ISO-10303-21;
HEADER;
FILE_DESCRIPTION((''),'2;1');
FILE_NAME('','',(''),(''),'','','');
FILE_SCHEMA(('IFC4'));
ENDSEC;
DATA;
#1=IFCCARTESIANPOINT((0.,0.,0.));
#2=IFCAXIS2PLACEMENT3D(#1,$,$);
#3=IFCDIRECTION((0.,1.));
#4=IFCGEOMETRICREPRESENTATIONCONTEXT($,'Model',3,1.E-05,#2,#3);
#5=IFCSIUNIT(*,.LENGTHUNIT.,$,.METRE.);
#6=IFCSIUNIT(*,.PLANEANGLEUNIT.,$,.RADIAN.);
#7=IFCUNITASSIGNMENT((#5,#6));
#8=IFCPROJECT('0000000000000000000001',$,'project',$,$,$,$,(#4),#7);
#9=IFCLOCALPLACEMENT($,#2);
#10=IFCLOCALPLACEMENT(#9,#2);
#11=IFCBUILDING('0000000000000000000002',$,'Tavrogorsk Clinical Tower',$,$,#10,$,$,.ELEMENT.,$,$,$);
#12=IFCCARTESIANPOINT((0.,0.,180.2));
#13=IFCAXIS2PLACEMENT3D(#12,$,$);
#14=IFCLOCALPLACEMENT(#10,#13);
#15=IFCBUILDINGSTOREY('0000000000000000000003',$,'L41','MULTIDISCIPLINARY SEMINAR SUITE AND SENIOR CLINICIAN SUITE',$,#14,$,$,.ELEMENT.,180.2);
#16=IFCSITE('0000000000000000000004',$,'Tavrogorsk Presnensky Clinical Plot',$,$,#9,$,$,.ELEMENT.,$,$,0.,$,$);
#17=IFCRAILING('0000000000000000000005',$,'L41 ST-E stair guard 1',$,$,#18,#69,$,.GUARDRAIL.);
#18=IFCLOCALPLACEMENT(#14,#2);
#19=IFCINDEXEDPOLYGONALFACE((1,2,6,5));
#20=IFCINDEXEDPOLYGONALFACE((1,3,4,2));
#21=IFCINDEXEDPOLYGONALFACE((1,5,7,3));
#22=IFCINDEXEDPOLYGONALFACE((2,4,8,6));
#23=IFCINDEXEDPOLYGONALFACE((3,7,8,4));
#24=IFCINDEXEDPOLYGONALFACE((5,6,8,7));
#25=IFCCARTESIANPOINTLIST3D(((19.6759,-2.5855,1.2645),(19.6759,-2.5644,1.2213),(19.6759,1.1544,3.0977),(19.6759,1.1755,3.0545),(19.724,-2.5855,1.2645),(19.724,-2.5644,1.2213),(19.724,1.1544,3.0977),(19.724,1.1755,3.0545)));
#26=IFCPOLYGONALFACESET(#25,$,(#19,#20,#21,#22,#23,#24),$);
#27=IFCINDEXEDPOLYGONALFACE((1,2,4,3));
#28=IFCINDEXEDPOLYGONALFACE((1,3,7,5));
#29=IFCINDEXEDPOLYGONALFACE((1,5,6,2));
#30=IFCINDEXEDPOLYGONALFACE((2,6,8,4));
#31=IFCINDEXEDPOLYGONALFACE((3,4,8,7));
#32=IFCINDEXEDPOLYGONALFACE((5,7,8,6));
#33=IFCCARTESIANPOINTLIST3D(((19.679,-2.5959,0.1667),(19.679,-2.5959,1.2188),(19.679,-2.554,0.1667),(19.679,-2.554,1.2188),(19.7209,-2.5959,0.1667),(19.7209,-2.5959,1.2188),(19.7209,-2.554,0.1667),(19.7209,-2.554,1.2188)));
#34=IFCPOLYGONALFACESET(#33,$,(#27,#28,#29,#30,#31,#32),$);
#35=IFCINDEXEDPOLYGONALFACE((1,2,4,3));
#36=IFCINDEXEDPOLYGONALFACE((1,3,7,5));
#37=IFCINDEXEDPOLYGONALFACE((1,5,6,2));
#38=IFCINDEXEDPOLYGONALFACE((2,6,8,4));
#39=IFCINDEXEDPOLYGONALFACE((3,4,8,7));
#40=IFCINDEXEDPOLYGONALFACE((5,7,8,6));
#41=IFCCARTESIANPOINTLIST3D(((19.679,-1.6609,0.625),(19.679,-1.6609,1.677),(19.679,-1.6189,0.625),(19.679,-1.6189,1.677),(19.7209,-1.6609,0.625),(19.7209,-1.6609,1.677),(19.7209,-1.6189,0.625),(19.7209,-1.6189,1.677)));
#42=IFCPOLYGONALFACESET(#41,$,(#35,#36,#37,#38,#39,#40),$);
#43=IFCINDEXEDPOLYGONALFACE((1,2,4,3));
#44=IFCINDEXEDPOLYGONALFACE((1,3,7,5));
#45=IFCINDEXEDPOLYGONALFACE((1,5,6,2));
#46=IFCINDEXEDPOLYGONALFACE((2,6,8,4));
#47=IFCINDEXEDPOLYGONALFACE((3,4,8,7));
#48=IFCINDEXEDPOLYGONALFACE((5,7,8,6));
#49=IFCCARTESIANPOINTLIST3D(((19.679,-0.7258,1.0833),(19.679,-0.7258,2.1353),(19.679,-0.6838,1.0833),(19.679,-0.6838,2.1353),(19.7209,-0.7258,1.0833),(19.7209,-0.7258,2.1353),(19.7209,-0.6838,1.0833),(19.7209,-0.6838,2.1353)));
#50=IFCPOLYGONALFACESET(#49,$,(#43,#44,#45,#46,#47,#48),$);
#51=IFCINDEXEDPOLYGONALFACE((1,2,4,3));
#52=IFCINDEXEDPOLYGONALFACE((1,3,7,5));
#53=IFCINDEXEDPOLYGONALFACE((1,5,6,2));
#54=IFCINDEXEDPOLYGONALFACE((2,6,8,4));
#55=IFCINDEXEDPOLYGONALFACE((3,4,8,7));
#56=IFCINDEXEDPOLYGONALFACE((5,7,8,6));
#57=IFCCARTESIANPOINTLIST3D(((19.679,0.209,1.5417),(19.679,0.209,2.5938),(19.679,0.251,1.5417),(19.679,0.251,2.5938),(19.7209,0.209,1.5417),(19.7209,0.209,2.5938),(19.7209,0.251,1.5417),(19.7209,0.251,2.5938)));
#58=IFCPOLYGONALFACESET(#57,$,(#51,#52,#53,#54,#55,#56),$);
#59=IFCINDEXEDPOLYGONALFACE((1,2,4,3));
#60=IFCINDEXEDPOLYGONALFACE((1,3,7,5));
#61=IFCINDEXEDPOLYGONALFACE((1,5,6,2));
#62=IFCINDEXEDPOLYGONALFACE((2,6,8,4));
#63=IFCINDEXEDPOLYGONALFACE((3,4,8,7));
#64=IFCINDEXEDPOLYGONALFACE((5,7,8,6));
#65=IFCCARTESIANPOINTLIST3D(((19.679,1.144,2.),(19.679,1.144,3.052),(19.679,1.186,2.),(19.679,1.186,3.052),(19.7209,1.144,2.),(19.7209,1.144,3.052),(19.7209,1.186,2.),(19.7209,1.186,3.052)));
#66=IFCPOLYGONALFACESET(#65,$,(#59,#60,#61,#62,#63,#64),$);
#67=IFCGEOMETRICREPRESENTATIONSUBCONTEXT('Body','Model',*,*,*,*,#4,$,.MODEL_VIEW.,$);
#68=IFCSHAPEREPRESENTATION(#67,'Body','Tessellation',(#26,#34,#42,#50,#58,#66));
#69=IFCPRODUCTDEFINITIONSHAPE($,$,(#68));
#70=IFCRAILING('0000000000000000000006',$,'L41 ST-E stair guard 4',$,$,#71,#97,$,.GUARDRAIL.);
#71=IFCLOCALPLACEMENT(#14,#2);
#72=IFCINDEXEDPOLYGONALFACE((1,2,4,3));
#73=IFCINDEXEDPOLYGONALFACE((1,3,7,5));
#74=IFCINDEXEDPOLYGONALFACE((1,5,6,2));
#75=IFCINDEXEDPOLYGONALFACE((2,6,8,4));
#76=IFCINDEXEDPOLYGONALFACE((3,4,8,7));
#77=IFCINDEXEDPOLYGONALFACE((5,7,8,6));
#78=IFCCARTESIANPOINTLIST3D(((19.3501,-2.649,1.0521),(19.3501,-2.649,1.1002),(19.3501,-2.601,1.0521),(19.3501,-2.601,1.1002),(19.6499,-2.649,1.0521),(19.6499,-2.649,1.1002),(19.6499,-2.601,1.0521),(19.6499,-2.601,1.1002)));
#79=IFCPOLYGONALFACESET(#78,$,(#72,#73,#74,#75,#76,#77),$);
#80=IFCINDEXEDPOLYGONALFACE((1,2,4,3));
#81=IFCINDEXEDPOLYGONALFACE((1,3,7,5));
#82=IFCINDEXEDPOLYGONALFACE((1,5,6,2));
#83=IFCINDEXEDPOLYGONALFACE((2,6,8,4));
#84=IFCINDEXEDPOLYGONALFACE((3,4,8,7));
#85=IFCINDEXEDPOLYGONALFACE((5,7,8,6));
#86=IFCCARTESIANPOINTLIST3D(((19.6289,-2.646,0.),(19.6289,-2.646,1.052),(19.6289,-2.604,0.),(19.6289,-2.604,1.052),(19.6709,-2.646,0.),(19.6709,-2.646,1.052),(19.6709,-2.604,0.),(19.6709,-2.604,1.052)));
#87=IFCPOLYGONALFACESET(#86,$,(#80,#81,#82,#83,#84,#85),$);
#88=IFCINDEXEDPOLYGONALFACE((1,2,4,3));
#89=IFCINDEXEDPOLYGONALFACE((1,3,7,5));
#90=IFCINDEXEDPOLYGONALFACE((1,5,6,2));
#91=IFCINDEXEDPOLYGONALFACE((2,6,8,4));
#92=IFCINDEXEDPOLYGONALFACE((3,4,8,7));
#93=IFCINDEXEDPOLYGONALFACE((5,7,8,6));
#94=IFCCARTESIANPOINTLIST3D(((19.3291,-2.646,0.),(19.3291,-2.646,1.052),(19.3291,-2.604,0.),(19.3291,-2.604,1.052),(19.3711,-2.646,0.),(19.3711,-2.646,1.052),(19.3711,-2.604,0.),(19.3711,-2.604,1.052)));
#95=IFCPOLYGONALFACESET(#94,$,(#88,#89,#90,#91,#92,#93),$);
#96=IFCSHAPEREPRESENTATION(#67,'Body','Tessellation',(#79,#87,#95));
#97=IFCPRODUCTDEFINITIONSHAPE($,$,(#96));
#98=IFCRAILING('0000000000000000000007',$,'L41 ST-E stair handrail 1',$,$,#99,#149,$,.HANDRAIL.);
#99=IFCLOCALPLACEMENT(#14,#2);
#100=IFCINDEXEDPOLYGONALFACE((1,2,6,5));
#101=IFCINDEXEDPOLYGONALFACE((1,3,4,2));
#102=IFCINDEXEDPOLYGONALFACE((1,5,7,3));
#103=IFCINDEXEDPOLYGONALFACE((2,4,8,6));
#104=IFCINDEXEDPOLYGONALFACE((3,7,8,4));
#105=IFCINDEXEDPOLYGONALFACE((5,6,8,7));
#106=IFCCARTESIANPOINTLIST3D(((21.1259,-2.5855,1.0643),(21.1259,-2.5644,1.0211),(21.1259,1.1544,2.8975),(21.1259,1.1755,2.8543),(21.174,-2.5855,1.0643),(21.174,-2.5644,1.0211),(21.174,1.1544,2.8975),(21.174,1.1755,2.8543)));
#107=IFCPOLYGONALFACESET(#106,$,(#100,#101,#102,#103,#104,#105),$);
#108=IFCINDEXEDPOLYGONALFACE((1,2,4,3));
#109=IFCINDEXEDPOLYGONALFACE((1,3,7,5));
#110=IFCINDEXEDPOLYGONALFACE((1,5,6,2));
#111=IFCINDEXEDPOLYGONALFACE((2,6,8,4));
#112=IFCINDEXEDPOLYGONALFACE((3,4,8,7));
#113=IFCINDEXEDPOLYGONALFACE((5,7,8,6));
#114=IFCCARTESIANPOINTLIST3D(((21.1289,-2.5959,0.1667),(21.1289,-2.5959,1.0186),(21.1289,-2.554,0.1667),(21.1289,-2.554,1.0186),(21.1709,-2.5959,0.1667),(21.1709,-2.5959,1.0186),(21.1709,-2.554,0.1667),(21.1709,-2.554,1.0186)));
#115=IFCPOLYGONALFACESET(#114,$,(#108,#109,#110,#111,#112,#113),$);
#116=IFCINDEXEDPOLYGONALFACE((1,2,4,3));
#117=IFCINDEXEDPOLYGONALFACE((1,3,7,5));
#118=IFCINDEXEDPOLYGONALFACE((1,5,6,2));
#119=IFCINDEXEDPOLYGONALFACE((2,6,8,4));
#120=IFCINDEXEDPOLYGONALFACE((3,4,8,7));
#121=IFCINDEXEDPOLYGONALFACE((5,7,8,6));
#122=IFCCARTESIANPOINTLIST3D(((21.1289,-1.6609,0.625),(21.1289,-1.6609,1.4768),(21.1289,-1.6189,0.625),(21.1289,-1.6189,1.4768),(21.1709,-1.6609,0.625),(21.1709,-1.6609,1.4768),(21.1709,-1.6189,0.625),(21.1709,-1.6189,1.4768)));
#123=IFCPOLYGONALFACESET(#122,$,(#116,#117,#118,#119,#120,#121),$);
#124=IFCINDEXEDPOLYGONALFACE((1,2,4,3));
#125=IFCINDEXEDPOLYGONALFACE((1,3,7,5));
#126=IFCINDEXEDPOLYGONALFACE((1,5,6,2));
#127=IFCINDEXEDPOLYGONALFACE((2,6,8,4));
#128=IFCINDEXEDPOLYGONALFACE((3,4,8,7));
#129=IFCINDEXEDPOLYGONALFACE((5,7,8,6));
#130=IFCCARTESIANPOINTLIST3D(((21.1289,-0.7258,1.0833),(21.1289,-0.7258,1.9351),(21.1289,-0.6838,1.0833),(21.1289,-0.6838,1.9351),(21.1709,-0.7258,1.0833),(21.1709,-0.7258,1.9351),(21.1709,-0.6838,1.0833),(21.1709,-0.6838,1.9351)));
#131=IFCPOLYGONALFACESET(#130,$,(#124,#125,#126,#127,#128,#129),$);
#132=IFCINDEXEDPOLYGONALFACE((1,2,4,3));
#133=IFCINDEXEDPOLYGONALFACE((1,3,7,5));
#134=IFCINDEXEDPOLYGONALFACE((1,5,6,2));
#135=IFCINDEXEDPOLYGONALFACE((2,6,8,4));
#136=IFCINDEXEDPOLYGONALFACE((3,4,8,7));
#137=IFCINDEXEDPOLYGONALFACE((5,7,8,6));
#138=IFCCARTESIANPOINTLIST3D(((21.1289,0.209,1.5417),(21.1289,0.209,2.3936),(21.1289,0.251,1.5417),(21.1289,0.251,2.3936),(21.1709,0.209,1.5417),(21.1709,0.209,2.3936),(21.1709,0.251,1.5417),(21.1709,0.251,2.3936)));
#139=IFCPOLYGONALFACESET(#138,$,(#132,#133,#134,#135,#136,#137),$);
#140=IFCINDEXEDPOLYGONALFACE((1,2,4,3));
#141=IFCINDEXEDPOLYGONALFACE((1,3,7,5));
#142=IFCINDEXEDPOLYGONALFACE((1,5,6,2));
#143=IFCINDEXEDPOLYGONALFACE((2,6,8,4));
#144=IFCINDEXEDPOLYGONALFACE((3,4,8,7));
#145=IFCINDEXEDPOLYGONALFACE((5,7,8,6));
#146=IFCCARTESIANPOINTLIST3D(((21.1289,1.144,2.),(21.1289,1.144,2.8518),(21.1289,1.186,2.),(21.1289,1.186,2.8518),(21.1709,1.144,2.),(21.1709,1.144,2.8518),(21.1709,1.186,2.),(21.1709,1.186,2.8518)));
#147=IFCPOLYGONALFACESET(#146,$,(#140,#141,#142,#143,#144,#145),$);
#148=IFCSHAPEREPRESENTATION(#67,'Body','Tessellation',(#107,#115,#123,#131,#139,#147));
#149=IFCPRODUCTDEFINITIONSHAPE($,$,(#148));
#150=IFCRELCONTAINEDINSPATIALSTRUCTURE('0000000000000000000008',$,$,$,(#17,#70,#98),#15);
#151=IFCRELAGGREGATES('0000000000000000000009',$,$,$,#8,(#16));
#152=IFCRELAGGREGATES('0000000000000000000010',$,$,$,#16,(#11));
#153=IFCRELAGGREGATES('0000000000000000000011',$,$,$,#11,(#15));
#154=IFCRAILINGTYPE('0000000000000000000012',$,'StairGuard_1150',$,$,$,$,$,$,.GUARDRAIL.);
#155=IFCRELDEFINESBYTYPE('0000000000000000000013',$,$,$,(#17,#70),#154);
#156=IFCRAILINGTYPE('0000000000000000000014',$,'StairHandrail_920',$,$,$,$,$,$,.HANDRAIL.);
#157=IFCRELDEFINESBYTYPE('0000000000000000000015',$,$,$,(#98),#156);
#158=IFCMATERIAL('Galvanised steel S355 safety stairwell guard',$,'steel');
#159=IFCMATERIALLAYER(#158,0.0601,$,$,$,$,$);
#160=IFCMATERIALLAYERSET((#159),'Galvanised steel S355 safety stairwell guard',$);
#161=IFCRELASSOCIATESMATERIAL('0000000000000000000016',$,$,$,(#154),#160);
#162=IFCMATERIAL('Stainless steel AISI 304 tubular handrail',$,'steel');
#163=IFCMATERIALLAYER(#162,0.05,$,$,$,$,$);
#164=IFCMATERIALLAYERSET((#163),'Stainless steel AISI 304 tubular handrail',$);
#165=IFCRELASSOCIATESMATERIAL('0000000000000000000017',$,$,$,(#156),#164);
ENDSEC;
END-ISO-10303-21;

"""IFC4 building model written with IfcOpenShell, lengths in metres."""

from ifc_helpers import new_model, si_unit, direction, frame, origin, origin_2d, place, context, subcontext, project, spatial, rectangle, extrude, material, layer, layer_set, type_object, element, save


model = new_model("IFC4")

# Units and contexts
model_context = context("Model", 3, precision=1e-05, world=origin(), true_north=direction((0.0, 1.0)))
body_context = subcontext(model_context, "Body", "Model", "MODEL_VIEW")
ifc_project = project(units=[si_unit("LENGTHUNIT", "METRE"), si_unit("PLANEANGLEUNIT", "RADIAN")], contexts=[model_context])

# Site, building, storey
site_placement = place(None, origin())
site = spatial("IfcSite", under=ifc_project, at=site_placement, Name="Tavrogorsk Presnensky Clinical Plot", CompositionType="ELEMENT", RefElevation=0.0)
building_placement = place(site_placement, origin())
building = spatial("IfcBuilding", under=site, at=building_placement, Name="Tavrogorsk Clinical Tower", CompositionType="ELEMENT")
storey_placement = place(building_placement, frame((0.0, 0.0, 180.2)))
storey = spatial("IfcBuildingStorey", under=building, at=storey_placement, Name="L41", Description="MULTIDISCIPLINARY SEMINAR SUITE AND SENIOR CLINICIAN SUITE", CompositionType="ELEMENT", Elevation=180.2)

# Railings
ifc_material_1 = material(Name="Galvanised steel S355 safety stairwell guard", Category="steel")
ifc_layer_1 = layer(ifc_material_1, 0.0601)
ifc_layer_set_1 = layer_set([ifc_layer_1], Name="Galvanised steel S355 safety stairwell guard")
railing_type_1 = type_object("IfcRailingType", Name="StairGuard_1150", PredefinedType="GUARDRAIL", material=ifc_layer_set_1)
railing_1_placement = place(storey_placement, frame((19.7, -2.575, 0.1667)))
element("IfcRailing", 1, at=railing_1_placement, inside=storey, type_object=railing_type_1, Name="L41 ST-E stair guard 1", PredefinedType="GUARDRAIL", context=body_context, shape_type="SweptSolid", body=[
    extrude(rectangle(XDim=0.0481, YDim=0.0481, at=origin_2d()), frame((0.0, 0.0, 1.0762), z_axis=(0.0, 0.897928, 0.440142), x_axis=(-1.0, 0.0, 0.0)), (0.0, 0.0, 1.0), 4.165),
    extrude(rectangle(XDim=0.042, YDim=0.042, at=origin_2d()), origin(), (0.0, 0.0, 1.0), 1.052),
    extrude(rectangle(XDim=0.042, YDim=0.042, at=origin_2d()), frame((0.0, 0.9351, 0.4583)), (0.0, 0.0, 1.0), 1.052),
    extrude(rectangle(XDim=0.042, YDim=0.042, at=origin_2d()), frame((0.0, 1.8701, 0.9165)), (0.0, 0.0, 1.0), 1.052),
    extrude(rectangle(XDim=0.042, YDim=0.042, at=origin_2d()), frame((0.0, 2.8049, 1.375)), (0.0, 0.0, 1.0), 1.052),
    extrude(rectangle(XDim=0.042, YDim=0.042, at=origin_2d()), frame((0.0, 3.74, 1.8333)), (0.0, 0.0, 1.0), 1.052),
])
railing_2_placement = place(storey_placement, frame((19.6499, -2.625, 0.0)))
element("IfcRailing", 2, at=railing_2_placement, inside=storey, type_object=railing_type_1, Name="L41 ST-E stair guard 4", PredefinedType="GUARDRAIL", context=body_context, shape_type="SweptSolid", body=[
    extrude(rectangle(XDim=0.0481, YDim=0.0481, at=origin_2d()), frame((0.0, 0.0, 1.0762), z_axis=(-1.0, 0.0, 0.0), x_axis=(0.0, -1.0, 0.0)), (0.0, 0.0, 1.0), 0.2998),
    extrude(rectangle(XDim=0.042, YDim=0.042, at=origin_2d()), origin(), (0.0, 0.0, 1.0), 1.052),
    extrude(rectangle(XDim=0.042, YDim=0.042, at=origin_2d()), frame((-0.2998, 0.0, 0.0)), (0.0, 0.0, 1.0), 1.052),
])
ifc_material_2 = material(Name="Stainless steel AISI 304 tubular handrail", Category="steel")
ifc_layer_2 = layer(ifc_material_2, 0.05)
ifc_layer_set_2 = layer_set([ifc_layer_2], Name="Stainless steel AISI 304 tubular handrail")
railing_type_2 = type_object("IfcRailingType", Name="StairHandrail_920", PredefinedType="HANDRAIL", material=ifc_layer_set_2)
railing_3_placement = place(storey_placement, frame((21.1499, -2.575, 0.1667)))
element("IfcRailing", 3, at=railing_3_placement, inside=storey, type_object=railing_type_2, Name="L41 ST-E stair handrail 1", PredefinedType="HANDRAIL", context=body_context, shape_type="SweptSolid", body=[
    extrude(rectangle(XDim=0.0481, YDim=0.0481, at=origin_2d()), frame((0.0, 0.0, 0.876), z_axis=(0.0, 0.897928, 0.440142), x_axis=(-1.0, 0.0, 0.0)), (0.0, 0.0, 1.0), 4.165),
    extrude(rectangle(XDim=0.042, YDim=0.042, at=origin_2d()), origin(), (0.0, 0.0, 1.0), 0.8518),
    extrude(rectangle(XDim=0.042, YDim=0.042, at=origin_2d()), frame((0.0, 0.9351, 0.4583)), (0.0, 0.0, 1.0), 0.8518),
    extrude(rectangle(XDim=0.042, YDim=0.042, at=origin_2d()), frame((0.0, 1.8701, 0.9165)), (0.0, 0.0, 1.0), 0.8518),
    extrude(rectangle(XDim=0.042, YDim=0.042, at=origin_2d()), frame((0.0, 2.8049, 1.375)), (0.0, 0.0, 1.0), 0.8518),
    extrude(rectangle(XDim=0.042, YDim=0.042, at=origin_2d()), frame((0.0, 3.74, 1.8333)), (0.0, 0.0, 1.0), 0.8518),
])

save(model, "model.ifc")
